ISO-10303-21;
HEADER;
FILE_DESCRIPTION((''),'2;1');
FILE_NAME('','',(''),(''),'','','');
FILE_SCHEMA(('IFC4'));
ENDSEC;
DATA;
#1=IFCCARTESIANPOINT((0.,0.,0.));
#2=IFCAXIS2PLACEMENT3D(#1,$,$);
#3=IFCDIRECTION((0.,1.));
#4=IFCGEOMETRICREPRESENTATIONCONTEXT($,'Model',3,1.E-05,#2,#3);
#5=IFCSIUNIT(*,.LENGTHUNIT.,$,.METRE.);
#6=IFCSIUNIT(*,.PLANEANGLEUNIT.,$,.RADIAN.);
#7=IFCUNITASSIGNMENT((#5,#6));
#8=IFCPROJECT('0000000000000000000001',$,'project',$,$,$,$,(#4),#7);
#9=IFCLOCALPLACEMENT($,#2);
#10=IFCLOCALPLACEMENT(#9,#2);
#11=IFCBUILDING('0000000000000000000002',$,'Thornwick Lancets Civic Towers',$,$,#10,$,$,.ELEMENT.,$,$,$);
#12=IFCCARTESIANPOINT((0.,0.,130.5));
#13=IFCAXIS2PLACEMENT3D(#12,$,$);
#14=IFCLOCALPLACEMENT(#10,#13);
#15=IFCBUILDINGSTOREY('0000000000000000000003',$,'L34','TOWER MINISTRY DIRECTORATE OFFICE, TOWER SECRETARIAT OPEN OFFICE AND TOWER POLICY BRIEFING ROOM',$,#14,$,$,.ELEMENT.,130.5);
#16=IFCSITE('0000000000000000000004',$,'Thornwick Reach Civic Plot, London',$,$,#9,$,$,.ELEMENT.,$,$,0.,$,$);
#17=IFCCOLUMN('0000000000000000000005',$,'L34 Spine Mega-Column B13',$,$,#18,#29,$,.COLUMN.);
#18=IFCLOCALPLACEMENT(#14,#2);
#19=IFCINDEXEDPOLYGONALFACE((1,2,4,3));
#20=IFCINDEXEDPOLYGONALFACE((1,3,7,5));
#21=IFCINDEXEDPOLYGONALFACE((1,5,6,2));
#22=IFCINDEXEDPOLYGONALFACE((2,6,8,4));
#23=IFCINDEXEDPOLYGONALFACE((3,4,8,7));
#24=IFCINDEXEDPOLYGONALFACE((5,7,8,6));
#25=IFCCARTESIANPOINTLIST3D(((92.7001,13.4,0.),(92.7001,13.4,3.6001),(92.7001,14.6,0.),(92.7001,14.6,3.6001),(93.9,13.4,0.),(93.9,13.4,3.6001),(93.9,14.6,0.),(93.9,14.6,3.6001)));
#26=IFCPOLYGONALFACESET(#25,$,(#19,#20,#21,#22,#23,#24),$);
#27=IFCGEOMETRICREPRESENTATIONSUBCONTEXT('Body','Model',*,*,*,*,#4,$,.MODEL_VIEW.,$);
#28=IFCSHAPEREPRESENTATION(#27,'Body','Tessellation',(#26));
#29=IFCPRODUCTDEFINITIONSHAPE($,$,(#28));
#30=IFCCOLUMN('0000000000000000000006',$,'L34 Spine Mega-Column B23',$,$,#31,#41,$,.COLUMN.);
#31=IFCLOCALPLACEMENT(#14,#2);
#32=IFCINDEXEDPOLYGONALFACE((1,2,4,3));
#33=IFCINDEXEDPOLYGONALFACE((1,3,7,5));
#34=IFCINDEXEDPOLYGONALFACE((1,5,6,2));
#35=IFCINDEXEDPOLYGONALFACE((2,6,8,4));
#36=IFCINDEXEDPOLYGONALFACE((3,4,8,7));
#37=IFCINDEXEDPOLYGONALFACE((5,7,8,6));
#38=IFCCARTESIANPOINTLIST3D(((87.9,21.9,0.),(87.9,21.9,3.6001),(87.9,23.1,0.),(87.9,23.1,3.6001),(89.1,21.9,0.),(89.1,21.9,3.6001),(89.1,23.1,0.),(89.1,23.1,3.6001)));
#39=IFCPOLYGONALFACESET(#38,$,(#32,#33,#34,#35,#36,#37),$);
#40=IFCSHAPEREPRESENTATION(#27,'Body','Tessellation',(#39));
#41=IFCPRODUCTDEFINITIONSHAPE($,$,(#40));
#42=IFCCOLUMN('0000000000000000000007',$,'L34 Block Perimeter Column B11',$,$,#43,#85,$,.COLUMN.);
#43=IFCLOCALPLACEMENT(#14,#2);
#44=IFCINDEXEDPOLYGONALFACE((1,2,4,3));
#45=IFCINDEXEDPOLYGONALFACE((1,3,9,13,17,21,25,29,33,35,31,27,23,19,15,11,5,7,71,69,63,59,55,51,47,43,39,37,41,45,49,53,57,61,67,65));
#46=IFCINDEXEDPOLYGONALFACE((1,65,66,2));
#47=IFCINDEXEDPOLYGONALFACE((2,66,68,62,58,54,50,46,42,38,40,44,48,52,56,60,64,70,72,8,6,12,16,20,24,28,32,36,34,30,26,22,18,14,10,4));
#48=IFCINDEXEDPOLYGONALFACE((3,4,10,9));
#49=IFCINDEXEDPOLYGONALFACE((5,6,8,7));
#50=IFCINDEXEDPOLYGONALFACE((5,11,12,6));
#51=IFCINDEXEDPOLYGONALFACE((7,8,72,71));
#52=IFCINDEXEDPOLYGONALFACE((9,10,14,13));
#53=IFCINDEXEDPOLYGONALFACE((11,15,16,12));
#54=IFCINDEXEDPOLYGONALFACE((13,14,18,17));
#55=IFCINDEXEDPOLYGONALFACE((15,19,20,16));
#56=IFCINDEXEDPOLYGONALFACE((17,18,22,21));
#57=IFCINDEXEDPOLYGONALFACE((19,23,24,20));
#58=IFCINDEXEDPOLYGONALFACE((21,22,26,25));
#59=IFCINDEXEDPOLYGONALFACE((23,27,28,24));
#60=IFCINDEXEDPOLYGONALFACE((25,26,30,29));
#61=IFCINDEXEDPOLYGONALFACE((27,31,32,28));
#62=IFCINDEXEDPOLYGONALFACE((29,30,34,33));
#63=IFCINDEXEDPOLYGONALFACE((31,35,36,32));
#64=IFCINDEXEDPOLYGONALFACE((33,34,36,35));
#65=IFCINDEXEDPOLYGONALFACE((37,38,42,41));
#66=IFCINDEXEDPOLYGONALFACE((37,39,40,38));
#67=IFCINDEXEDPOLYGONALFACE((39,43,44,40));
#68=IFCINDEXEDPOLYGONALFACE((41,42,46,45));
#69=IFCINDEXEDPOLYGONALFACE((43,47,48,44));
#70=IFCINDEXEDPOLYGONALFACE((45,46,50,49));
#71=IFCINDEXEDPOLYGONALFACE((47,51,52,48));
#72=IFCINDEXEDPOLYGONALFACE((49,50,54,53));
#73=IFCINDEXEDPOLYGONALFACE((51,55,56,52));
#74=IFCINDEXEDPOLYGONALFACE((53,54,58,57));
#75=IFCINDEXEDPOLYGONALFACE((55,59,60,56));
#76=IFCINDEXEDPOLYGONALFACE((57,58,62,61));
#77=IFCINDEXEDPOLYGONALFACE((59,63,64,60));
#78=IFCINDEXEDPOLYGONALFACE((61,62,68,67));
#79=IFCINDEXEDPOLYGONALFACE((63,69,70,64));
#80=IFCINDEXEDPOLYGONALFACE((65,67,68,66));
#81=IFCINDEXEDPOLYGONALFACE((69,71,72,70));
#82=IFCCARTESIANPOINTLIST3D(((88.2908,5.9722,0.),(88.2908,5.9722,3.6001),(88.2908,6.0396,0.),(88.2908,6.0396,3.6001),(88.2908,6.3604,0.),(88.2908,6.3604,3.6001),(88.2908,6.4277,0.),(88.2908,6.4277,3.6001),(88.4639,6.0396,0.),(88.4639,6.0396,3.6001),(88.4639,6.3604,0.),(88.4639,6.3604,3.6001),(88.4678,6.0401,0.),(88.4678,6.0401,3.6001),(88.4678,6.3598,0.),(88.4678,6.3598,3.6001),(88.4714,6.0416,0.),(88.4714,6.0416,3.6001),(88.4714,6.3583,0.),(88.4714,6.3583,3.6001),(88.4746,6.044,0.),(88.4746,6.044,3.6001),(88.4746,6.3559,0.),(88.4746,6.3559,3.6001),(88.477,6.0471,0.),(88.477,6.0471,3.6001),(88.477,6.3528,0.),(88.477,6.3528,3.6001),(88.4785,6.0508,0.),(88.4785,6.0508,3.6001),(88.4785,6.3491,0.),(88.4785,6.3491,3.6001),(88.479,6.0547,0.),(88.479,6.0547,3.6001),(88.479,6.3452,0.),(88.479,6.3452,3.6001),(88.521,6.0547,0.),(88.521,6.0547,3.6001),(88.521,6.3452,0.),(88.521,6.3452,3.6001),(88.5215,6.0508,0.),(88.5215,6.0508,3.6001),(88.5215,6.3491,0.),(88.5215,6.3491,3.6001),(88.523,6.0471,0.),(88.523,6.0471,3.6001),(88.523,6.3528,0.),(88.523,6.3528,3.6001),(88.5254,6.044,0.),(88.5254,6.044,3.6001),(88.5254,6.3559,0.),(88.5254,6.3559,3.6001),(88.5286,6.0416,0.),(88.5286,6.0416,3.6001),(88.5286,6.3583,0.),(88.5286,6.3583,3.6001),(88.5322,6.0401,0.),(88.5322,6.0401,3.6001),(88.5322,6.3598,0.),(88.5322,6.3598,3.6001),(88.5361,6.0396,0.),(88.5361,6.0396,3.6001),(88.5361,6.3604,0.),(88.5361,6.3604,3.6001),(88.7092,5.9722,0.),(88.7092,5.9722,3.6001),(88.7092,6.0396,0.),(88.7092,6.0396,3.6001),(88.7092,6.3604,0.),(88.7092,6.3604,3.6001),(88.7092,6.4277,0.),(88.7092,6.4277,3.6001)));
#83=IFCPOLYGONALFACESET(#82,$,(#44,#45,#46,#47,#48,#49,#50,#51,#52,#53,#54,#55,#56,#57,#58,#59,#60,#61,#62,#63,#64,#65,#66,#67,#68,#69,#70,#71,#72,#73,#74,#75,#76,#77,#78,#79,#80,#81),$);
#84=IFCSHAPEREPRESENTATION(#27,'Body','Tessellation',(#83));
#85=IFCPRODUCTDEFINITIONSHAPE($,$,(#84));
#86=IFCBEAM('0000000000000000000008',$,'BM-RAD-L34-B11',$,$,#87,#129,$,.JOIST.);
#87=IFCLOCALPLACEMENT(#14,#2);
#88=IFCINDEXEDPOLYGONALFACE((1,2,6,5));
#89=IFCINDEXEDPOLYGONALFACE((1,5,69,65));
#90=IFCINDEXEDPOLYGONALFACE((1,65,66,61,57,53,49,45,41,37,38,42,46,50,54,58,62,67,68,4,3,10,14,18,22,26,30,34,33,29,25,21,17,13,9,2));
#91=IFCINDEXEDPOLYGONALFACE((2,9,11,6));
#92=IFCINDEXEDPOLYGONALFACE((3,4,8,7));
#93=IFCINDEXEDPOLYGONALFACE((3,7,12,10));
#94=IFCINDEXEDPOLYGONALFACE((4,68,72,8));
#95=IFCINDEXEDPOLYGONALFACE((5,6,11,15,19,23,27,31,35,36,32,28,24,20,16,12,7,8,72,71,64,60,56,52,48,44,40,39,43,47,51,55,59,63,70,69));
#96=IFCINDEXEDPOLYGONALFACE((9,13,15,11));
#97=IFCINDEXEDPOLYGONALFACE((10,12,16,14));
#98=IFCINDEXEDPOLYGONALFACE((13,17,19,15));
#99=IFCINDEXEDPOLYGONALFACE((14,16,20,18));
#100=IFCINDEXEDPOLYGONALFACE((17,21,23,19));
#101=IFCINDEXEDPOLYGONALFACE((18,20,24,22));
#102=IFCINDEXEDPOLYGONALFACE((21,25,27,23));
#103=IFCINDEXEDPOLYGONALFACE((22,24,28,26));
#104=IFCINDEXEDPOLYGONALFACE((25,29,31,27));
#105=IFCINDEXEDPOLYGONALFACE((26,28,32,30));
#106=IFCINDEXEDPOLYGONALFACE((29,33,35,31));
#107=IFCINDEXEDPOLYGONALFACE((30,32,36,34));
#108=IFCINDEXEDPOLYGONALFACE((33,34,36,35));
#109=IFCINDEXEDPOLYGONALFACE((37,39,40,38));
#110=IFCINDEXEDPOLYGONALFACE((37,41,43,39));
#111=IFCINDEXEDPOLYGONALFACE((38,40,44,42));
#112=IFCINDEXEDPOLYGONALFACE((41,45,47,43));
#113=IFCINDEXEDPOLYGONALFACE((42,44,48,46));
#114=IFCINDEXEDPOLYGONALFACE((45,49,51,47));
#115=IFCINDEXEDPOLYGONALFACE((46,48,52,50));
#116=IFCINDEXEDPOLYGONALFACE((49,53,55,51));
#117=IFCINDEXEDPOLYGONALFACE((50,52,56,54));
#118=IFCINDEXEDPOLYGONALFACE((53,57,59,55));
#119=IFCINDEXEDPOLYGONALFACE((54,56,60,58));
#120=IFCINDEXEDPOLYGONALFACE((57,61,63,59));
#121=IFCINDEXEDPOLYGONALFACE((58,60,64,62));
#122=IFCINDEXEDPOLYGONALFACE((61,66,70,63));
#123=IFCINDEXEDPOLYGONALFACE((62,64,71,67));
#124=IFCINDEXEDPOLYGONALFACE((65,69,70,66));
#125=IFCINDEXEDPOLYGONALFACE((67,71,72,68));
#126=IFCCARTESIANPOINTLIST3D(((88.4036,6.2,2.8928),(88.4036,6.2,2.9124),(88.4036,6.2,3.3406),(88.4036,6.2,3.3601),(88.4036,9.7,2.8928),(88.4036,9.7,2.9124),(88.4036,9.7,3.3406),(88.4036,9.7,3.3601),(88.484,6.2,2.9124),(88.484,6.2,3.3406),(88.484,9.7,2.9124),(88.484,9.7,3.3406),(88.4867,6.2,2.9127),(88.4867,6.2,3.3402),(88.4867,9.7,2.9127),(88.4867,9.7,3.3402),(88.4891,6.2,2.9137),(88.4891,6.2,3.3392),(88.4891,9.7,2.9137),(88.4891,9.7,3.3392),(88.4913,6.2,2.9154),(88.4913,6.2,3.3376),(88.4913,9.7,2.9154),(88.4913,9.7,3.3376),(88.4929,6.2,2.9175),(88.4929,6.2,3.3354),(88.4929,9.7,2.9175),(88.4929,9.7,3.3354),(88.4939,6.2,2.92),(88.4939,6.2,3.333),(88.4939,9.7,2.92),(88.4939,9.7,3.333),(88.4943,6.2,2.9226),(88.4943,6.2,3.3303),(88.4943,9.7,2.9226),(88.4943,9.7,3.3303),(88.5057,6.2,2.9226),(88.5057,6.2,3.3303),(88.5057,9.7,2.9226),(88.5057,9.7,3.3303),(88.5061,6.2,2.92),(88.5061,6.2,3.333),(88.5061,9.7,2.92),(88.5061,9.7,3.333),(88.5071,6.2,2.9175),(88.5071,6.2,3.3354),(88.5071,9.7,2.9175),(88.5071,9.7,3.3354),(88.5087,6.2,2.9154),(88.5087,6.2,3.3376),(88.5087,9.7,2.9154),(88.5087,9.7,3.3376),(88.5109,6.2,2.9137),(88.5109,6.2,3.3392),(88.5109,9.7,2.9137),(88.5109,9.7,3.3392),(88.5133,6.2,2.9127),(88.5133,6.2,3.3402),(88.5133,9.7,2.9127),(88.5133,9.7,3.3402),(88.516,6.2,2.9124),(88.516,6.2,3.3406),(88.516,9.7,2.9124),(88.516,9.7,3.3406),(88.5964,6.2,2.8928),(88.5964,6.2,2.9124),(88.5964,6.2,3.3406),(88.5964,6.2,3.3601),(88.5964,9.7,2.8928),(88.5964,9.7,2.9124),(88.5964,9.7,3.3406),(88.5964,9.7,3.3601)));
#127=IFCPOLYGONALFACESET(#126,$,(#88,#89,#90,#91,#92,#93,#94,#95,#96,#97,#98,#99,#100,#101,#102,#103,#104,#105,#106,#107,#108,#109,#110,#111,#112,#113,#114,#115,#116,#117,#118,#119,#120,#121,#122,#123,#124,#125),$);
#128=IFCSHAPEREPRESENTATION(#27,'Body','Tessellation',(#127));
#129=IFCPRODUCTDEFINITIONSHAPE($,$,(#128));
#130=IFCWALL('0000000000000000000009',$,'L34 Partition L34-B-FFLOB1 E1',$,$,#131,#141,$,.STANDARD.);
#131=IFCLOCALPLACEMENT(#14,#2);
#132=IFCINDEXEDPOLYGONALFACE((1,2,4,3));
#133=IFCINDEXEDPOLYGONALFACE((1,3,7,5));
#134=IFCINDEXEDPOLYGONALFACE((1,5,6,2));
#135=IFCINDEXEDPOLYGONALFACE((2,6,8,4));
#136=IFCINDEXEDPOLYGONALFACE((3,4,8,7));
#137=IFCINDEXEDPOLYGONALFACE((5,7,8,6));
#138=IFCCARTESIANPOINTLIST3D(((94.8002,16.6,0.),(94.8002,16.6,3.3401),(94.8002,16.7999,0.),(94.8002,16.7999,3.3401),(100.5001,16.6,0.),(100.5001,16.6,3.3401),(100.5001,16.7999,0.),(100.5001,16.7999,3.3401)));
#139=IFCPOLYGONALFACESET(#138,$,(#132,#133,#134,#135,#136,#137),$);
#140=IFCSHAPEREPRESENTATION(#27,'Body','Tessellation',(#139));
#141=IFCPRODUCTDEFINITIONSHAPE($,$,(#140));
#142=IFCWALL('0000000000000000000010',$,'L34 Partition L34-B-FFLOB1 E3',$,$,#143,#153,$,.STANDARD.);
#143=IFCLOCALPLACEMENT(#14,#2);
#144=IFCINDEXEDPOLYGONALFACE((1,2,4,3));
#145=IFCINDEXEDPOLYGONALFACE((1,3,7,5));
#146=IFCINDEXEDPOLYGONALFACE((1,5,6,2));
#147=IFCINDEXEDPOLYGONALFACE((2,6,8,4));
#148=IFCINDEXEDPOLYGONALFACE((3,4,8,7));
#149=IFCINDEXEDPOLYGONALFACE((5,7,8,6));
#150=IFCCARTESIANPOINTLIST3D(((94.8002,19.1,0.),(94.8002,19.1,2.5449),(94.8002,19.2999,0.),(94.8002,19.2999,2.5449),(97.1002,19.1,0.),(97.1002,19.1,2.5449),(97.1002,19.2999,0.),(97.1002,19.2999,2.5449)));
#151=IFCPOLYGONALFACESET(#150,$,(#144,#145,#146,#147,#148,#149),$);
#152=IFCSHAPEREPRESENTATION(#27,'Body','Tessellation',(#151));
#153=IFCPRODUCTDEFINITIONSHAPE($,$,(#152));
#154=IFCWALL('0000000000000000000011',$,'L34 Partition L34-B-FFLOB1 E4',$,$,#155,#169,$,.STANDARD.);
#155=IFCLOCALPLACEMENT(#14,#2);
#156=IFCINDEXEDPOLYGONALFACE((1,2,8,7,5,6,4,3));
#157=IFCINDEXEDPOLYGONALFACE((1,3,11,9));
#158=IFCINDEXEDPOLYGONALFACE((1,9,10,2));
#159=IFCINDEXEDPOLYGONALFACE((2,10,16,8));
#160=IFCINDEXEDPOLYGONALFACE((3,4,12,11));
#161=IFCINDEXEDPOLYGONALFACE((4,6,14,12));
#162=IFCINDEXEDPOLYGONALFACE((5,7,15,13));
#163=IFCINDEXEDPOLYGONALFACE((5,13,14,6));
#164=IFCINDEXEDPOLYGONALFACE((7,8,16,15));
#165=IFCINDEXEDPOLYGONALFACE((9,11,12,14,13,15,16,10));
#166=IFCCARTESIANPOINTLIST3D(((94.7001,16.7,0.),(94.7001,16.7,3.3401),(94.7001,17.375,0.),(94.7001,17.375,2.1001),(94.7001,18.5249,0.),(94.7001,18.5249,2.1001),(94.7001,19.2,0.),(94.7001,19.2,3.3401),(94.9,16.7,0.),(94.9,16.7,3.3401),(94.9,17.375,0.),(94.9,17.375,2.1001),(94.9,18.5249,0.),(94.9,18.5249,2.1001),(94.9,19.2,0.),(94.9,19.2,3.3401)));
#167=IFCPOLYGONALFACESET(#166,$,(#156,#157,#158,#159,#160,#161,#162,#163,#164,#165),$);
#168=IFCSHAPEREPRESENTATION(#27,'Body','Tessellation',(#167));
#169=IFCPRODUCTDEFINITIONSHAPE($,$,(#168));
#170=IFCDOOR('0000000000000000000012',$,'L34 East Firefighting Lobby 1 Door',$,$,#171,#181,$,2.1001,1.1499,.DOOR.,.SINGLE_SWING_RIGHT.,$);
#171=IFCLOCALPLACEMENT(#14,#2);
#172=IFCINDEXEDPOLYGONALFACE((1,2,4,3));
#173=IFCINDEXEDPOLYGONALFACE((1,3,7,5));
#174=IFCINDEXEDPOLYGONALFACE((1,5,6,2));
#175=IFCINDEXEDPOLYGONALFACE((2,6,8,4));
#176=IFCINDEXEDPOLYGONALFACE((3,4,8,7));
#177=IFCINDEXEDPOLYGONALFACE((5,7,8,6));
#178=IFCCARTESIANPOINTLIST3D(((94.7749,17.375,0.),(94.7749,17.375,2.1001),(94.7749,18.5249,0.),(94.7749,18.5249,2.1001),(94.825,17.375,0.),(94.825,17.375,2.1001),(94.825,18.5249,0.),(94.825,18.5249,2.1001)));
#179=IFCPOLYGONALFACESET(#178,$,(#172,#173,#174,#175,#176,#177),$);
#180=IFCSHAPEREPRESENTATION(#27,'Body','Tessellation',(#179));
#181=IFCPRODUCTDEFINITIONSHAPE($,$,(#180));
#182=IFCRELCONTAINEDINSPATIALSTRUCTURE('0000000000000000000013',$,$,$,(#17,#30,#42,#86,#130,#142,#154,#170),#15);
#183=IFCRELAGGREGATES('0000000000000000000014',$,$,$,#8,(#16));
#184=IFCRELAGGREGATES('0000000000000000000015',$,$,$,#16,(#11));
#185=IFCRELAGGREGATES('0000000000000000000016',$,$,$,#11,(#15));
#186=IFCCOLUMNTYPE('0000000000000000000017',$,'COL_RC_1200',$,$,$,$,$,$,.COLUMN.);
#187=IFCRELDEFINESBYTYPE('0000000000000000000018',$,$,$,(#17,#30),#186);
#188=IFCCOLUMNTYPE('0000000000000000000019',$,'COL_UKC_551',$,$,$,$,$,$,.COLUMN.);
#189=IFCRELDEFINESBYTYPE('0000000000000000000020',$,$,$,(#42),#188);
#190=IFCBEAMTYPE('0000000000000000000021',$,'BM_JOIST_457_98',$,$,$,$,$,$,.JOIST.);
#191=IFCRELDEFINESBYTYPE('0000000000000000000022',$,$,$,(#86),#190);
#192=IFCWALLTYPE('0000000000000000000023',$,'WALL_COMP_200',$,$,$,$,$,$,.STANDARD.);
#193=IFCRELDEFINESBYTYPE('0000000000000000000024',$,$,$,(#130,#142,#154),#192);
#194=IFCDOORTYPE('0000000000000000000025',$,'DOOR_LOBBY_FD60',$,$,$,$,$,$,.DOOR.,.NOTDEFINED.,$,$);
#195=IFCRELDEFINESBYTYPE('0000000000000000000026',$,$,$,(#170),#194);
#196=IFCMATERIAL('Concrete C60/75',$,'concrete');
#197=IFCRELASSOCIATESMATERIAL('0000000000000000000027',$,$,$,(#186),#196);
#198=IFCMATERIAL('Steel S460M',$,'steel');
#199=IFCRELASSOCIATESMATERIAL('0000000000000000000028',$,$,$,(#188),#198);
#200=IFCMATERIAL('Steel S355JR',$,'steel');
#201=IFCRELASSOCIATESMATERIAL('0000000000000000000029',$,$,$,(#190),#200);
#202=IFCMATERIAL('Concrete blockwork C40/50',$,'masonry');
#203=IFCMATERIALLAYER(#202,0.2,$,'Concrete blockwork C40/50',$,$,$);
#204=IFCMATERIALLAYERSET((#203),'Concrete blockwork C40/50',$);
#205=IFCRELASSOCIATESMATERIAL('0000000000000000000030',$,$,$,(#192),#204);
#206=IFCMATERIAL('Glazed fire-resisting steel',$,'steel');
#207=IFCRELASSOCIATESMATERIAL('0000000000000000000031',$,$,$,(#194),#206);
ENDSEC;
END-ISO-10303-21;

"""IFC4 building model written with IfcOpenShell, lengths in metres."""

from ifc_helpers import new_model, si_unit, direction, frame, frame_2d, origin, origin_2d, place, context, subcontext, project, spatial, rectangle, i_section, extrude, material, layer, layer_set, material_profile, profile_set, type_object, element, fill, save


model = new_model("IFC4")

# Units and contexts
model_context = context("Model", 3, precision=1e-05, world=origin(), true_north=direction((0.0, 1.0)))
body_context = subcontext(model_context, "Body", "Model", "MODEL_VIEW")
ifc_project = project(units=[si_unit("LENGTHUNIT", "METRE"), si_unit("PLANEANGLEUNIT", "RADIAN")], contexts=[model_context])

# Site, building, storey
site_placement = place(None, origin())
site = spatial("IfcSite", under=ifc_project, at=site_placement, Name="Thornwick Reach Civic Plot, London", CompositionType="ELEMENT", RefElevation=0.0)
building_placement = place(site_placement, origin())
building = spatial("IfcBuilding", under=site, at=building_placement, Name="Thornwick Lancets Civic Towers", CompositionType="ELEMENT")
storey_placement = place(building_placement, frame((0.0, 0.0, 130.5)))
storey = spatial("IfcBuildingStorey", under=building, at=storey_placement, Name="L34", Description="TOWER MINISTRY DIRECTORATE OFFICE, TOWER SECRETARIAT OPEN OFFICE AND TOWER POLICY BRIEFING ROOM", CompositionType="ELEMENT", Elevation=130.5)

# Columns
ifc_material_1 = material(Name="Concrete C60/75", Category="concrete")
ifc_material_profile_1 = material_profile(ifc_material_1, rectangle(XDim=1.2, YDim=1.2, at=origin_2d()), Name="RC 1200x1200")
ifc_profile_set_1 = profile_set([ifc_material_profile_1], Name="Concrete C60/75")
column_type_1 = type_object("IfcColumnType", Name="COL_RC_1200", PredefinedType="COLUMN", material=ifc_profile_set_1)
for number, where, z_axis, x_axis, name in (
    (1, (93.3, 14.0, 0.0), (0.0, 0.0, 1.0), (1.0, 0.0, 0.0), "L34 Spine Mega-Column B13"),
    (2, (88.5, 22.5, 0.0), (0.0, 0.0, 1.0), (1.0, 0.0, 0.0), "L34 Spine Mega-Column B23"),
):
    element("IfcColumn", number, at=place(storey_placement, frame(where, z_axis=z_axis, x_axis=x_axis)), inside=storey, type_object=column_type_1, Name=name, PredefinedType="COLUMN", context=body_context, shape_type="SweptSolid", body=[
        extrude(rectangle(XDim=1.2, YDim=1.2, at=origin_2d()), origin(), (0.0, 0.0, 1.0), 3.6001),
    ])
ifc_material_2 = material(Name="Steel S460M", Category="steel")
ifc_material_profile_2 = material_profile(ifc_material_2, i_section(OverallWidth=0.4185, OverallDepth=0.4556, WebThickness=0.042, FlangeThickness=0.0674, FilletRadius=0.0151, at=origin_2d()), Name="UKC 356x406x551")
ifc_profile_set_2 = profile_set([ifc_material_profile_2], Name="Steel S460M")
column_type_2 = type_object("IfcColumnType", Name="COL_UKC_551", PredefinedType="COLUMN", material=ifc_profile_set_2)
column_placement = place(storey_placement, frame((88.5, 6.2, 0.0), z_axis=(0.0, 0.0, 1.0), x_axis=(1.0, 0.0, 0.0)))
element("IfcColumn", 3, at=column_placement, inside=storey, type_object=column_type_2, Name="L34 Block Perimeter Column B11", PredefinedType="COLUMN", context=body_context, shape_type="SweptSolid", body=[
    extrude(i_section(OverallWidth=0.4185, OverallDepth=0.4556, WebThickness=0.042, FlangeThickness=0.0674, FilletRadius=0.0151, at=origin_2d()), origin(), (0.0, 0.0, 1.0), 3.6001),
])

# Beam
ifc_material_3 = material(Name="Steel S355JR", Category="steel")
ifc_material_profile_3 = material_profile(ifc_material_3, i_section(OverallWidth=0.1929, OverallDepth=0.4673, WebThickness=0.0115, FlangeThickness=0.0195, FilletRadius=0.0103, at=origin_2d()), Name="UKB 457x191x98")
ifc_profile_set_3 = profile_set([ifc_material_profile_3], Name="Steel S355JR")
beam_type = type_object("IfcBeamType", Name="BM_JOIST_457_98", PredefinedType="JOIST", material=ifc_profile_set_3)
beam_placement = place(storey_placement, frame((88.5, 9.7, 3.1265), z_axis=(0.0, -1.0, 0.0), x_axis=(1.0, 0.0, 0.0)))
element("IfcBeam", 4, at=beam_placement, inside=storey, type_object=beam_type, Name="BM-RAD-L34-B11", PredefinedType="JOIST", context=body_context, shape_type="SweptSolid", body=[
    extrude(i_section(OverallWidth=0.1929, OverallDepth=0.4673, WebThickness=0.0115, FlangeThickness=0.0195, FilletRadius=0.0103, at=origin_2d()), origin(), (0.0, 0.0, 1.0), 3.5),
])

# Walls
ifc_material_4 = material(Name="Concrete blockwork C40/50", Category="masonry")
ifc_layer_1 = layer(ifc_material_4, 0.2, Name="Concrete blockwork C40/50")
ifc_layer_set_1 = layer_set([ifc_layer_1], Name="Concrete blockwork C40/50")
wall_type_1 = type_object("IfcWallType", Name="WALL_COMP_200", PredefinedType="STANDARD", material=ifc_layer_set_1)
wall_1_placement = place(storey_placement, frame((94.8, 16.7, 0.0), z_axis=(0.0, 0.0, 1.0), x_axis=(1.0, 0.0, 0.0)))
element("IfcWall", 5, at=wall_1_placement, inside=storey, type_object=wall_type_1, Name="L34 Partition L34-B-FFLOB1 E1", PredefinedType="STANDARD", context=body_context, shape_type="SweptSolid", body=[
    extrude(rectangle(XDim=5.7, YDim=0.2, at=frame_2d((2.8501, 0.0))), origin(), (0.0, 0.0, 1.0), 3.3401),
])
wall_2_placement = place(storey_placement, frame((97.1001, 19.2, 0.0), z_axis=(0.0, 0.0, 1.0), x_axis=(-1.0, 0.0, 0.0)))
element("IfcWall", 6, at=wall_2_placement, inside=storey, type_object=wall_type_1, Name="L34 Partition L34-B-FFLOB1 E3", PredefinedType="STANDARD", context=body_context, shape_type="SweptSolid", body=[
    extrude(rectangle(XDim=2.3, YDim=0.2, at=frame_2d((1.1499, 0.0))), origin(), (0.0, 0.0, 1.0), 2.5449),
])

# Wall, opening, door
wall_3_placement = place(storey_placement, frame((94.8, 19.2, 0.0), z_axis=(0.0, 0.0, 1.0), x_axis=(0.0, -1.0, 0.0)))
wall_3 = element("IfcWall", 7, at=wall_3_placement, inside=storey, type_object=wall_type_1, Name="L34 Partition L34-B-FFLOB1 E4", PredefinedType="STANDARD", context=body_context, shape_type="SweptSolid", body=[
    extrude(rectangle(XDim=2.5, YDim=0.2, at=frame_2d((1.25, 0.0))), origin(), (0.0, 0.0, 1.0), 3.3401),
])
opening_1_placement = place(wall_3_placement, frame((0.675, 0.0, 0.0)))
opening_1 = element("IfcOpeningElement", 8, at=opening_1_placement, cuts=wall_3, PredefinedType="OPENING", context=body_context, shape_type="SweptSolid", body=[
    extrude(rectangle(XDim=1.1499, YDim=2.1001, at=frame_2d((0.575, 1.05))), frame((0.0, 0.1099, 0.0), z_axis=(0.0, -1.0, 0.0), x_axis=(1.0, 0.0, 0.0)), (0.0, 0.0, 1.0), 0.22),
])
ifc_material_5 = material(Name="Glazed fire-resisting steel", Category="steel")
door_type_1 = type_object("IfcDoorType", Name="DOOR_LOBBY_FD60", OperationType="NOTDEFINED", PredefinedType="DOOR", material=ifc_material_5)
door_1_placement = place(opening_1_placement, origin())
door_1 = element("IfcDoor", 9, at=door_1_placement, inside=storey, type_object=door_type_1, Name="L34 East Firefighting Lobby 1 Door", OperationType="SINGLE_SWING_RIGHT", OverallHeight=2.1001, OverallWidth=1.1499, PredefinedType="DOOR", context=body_context, shape_type="SweptSolid", body=[
    extrude(rectangle(XDim=1.1499, YDim=2.1001, at=frame_2d((0.575, 1.05))), frame((0.0, 0.0249, 0.0), z_axis=(0.0, -1.0, 0.0), x_axis=(1.0, 0.0, 0.0)), (0.0, 0.0, 1.0), 0.05),
])
fill(opening_1, door_1)

save(model, "model.ifc")
